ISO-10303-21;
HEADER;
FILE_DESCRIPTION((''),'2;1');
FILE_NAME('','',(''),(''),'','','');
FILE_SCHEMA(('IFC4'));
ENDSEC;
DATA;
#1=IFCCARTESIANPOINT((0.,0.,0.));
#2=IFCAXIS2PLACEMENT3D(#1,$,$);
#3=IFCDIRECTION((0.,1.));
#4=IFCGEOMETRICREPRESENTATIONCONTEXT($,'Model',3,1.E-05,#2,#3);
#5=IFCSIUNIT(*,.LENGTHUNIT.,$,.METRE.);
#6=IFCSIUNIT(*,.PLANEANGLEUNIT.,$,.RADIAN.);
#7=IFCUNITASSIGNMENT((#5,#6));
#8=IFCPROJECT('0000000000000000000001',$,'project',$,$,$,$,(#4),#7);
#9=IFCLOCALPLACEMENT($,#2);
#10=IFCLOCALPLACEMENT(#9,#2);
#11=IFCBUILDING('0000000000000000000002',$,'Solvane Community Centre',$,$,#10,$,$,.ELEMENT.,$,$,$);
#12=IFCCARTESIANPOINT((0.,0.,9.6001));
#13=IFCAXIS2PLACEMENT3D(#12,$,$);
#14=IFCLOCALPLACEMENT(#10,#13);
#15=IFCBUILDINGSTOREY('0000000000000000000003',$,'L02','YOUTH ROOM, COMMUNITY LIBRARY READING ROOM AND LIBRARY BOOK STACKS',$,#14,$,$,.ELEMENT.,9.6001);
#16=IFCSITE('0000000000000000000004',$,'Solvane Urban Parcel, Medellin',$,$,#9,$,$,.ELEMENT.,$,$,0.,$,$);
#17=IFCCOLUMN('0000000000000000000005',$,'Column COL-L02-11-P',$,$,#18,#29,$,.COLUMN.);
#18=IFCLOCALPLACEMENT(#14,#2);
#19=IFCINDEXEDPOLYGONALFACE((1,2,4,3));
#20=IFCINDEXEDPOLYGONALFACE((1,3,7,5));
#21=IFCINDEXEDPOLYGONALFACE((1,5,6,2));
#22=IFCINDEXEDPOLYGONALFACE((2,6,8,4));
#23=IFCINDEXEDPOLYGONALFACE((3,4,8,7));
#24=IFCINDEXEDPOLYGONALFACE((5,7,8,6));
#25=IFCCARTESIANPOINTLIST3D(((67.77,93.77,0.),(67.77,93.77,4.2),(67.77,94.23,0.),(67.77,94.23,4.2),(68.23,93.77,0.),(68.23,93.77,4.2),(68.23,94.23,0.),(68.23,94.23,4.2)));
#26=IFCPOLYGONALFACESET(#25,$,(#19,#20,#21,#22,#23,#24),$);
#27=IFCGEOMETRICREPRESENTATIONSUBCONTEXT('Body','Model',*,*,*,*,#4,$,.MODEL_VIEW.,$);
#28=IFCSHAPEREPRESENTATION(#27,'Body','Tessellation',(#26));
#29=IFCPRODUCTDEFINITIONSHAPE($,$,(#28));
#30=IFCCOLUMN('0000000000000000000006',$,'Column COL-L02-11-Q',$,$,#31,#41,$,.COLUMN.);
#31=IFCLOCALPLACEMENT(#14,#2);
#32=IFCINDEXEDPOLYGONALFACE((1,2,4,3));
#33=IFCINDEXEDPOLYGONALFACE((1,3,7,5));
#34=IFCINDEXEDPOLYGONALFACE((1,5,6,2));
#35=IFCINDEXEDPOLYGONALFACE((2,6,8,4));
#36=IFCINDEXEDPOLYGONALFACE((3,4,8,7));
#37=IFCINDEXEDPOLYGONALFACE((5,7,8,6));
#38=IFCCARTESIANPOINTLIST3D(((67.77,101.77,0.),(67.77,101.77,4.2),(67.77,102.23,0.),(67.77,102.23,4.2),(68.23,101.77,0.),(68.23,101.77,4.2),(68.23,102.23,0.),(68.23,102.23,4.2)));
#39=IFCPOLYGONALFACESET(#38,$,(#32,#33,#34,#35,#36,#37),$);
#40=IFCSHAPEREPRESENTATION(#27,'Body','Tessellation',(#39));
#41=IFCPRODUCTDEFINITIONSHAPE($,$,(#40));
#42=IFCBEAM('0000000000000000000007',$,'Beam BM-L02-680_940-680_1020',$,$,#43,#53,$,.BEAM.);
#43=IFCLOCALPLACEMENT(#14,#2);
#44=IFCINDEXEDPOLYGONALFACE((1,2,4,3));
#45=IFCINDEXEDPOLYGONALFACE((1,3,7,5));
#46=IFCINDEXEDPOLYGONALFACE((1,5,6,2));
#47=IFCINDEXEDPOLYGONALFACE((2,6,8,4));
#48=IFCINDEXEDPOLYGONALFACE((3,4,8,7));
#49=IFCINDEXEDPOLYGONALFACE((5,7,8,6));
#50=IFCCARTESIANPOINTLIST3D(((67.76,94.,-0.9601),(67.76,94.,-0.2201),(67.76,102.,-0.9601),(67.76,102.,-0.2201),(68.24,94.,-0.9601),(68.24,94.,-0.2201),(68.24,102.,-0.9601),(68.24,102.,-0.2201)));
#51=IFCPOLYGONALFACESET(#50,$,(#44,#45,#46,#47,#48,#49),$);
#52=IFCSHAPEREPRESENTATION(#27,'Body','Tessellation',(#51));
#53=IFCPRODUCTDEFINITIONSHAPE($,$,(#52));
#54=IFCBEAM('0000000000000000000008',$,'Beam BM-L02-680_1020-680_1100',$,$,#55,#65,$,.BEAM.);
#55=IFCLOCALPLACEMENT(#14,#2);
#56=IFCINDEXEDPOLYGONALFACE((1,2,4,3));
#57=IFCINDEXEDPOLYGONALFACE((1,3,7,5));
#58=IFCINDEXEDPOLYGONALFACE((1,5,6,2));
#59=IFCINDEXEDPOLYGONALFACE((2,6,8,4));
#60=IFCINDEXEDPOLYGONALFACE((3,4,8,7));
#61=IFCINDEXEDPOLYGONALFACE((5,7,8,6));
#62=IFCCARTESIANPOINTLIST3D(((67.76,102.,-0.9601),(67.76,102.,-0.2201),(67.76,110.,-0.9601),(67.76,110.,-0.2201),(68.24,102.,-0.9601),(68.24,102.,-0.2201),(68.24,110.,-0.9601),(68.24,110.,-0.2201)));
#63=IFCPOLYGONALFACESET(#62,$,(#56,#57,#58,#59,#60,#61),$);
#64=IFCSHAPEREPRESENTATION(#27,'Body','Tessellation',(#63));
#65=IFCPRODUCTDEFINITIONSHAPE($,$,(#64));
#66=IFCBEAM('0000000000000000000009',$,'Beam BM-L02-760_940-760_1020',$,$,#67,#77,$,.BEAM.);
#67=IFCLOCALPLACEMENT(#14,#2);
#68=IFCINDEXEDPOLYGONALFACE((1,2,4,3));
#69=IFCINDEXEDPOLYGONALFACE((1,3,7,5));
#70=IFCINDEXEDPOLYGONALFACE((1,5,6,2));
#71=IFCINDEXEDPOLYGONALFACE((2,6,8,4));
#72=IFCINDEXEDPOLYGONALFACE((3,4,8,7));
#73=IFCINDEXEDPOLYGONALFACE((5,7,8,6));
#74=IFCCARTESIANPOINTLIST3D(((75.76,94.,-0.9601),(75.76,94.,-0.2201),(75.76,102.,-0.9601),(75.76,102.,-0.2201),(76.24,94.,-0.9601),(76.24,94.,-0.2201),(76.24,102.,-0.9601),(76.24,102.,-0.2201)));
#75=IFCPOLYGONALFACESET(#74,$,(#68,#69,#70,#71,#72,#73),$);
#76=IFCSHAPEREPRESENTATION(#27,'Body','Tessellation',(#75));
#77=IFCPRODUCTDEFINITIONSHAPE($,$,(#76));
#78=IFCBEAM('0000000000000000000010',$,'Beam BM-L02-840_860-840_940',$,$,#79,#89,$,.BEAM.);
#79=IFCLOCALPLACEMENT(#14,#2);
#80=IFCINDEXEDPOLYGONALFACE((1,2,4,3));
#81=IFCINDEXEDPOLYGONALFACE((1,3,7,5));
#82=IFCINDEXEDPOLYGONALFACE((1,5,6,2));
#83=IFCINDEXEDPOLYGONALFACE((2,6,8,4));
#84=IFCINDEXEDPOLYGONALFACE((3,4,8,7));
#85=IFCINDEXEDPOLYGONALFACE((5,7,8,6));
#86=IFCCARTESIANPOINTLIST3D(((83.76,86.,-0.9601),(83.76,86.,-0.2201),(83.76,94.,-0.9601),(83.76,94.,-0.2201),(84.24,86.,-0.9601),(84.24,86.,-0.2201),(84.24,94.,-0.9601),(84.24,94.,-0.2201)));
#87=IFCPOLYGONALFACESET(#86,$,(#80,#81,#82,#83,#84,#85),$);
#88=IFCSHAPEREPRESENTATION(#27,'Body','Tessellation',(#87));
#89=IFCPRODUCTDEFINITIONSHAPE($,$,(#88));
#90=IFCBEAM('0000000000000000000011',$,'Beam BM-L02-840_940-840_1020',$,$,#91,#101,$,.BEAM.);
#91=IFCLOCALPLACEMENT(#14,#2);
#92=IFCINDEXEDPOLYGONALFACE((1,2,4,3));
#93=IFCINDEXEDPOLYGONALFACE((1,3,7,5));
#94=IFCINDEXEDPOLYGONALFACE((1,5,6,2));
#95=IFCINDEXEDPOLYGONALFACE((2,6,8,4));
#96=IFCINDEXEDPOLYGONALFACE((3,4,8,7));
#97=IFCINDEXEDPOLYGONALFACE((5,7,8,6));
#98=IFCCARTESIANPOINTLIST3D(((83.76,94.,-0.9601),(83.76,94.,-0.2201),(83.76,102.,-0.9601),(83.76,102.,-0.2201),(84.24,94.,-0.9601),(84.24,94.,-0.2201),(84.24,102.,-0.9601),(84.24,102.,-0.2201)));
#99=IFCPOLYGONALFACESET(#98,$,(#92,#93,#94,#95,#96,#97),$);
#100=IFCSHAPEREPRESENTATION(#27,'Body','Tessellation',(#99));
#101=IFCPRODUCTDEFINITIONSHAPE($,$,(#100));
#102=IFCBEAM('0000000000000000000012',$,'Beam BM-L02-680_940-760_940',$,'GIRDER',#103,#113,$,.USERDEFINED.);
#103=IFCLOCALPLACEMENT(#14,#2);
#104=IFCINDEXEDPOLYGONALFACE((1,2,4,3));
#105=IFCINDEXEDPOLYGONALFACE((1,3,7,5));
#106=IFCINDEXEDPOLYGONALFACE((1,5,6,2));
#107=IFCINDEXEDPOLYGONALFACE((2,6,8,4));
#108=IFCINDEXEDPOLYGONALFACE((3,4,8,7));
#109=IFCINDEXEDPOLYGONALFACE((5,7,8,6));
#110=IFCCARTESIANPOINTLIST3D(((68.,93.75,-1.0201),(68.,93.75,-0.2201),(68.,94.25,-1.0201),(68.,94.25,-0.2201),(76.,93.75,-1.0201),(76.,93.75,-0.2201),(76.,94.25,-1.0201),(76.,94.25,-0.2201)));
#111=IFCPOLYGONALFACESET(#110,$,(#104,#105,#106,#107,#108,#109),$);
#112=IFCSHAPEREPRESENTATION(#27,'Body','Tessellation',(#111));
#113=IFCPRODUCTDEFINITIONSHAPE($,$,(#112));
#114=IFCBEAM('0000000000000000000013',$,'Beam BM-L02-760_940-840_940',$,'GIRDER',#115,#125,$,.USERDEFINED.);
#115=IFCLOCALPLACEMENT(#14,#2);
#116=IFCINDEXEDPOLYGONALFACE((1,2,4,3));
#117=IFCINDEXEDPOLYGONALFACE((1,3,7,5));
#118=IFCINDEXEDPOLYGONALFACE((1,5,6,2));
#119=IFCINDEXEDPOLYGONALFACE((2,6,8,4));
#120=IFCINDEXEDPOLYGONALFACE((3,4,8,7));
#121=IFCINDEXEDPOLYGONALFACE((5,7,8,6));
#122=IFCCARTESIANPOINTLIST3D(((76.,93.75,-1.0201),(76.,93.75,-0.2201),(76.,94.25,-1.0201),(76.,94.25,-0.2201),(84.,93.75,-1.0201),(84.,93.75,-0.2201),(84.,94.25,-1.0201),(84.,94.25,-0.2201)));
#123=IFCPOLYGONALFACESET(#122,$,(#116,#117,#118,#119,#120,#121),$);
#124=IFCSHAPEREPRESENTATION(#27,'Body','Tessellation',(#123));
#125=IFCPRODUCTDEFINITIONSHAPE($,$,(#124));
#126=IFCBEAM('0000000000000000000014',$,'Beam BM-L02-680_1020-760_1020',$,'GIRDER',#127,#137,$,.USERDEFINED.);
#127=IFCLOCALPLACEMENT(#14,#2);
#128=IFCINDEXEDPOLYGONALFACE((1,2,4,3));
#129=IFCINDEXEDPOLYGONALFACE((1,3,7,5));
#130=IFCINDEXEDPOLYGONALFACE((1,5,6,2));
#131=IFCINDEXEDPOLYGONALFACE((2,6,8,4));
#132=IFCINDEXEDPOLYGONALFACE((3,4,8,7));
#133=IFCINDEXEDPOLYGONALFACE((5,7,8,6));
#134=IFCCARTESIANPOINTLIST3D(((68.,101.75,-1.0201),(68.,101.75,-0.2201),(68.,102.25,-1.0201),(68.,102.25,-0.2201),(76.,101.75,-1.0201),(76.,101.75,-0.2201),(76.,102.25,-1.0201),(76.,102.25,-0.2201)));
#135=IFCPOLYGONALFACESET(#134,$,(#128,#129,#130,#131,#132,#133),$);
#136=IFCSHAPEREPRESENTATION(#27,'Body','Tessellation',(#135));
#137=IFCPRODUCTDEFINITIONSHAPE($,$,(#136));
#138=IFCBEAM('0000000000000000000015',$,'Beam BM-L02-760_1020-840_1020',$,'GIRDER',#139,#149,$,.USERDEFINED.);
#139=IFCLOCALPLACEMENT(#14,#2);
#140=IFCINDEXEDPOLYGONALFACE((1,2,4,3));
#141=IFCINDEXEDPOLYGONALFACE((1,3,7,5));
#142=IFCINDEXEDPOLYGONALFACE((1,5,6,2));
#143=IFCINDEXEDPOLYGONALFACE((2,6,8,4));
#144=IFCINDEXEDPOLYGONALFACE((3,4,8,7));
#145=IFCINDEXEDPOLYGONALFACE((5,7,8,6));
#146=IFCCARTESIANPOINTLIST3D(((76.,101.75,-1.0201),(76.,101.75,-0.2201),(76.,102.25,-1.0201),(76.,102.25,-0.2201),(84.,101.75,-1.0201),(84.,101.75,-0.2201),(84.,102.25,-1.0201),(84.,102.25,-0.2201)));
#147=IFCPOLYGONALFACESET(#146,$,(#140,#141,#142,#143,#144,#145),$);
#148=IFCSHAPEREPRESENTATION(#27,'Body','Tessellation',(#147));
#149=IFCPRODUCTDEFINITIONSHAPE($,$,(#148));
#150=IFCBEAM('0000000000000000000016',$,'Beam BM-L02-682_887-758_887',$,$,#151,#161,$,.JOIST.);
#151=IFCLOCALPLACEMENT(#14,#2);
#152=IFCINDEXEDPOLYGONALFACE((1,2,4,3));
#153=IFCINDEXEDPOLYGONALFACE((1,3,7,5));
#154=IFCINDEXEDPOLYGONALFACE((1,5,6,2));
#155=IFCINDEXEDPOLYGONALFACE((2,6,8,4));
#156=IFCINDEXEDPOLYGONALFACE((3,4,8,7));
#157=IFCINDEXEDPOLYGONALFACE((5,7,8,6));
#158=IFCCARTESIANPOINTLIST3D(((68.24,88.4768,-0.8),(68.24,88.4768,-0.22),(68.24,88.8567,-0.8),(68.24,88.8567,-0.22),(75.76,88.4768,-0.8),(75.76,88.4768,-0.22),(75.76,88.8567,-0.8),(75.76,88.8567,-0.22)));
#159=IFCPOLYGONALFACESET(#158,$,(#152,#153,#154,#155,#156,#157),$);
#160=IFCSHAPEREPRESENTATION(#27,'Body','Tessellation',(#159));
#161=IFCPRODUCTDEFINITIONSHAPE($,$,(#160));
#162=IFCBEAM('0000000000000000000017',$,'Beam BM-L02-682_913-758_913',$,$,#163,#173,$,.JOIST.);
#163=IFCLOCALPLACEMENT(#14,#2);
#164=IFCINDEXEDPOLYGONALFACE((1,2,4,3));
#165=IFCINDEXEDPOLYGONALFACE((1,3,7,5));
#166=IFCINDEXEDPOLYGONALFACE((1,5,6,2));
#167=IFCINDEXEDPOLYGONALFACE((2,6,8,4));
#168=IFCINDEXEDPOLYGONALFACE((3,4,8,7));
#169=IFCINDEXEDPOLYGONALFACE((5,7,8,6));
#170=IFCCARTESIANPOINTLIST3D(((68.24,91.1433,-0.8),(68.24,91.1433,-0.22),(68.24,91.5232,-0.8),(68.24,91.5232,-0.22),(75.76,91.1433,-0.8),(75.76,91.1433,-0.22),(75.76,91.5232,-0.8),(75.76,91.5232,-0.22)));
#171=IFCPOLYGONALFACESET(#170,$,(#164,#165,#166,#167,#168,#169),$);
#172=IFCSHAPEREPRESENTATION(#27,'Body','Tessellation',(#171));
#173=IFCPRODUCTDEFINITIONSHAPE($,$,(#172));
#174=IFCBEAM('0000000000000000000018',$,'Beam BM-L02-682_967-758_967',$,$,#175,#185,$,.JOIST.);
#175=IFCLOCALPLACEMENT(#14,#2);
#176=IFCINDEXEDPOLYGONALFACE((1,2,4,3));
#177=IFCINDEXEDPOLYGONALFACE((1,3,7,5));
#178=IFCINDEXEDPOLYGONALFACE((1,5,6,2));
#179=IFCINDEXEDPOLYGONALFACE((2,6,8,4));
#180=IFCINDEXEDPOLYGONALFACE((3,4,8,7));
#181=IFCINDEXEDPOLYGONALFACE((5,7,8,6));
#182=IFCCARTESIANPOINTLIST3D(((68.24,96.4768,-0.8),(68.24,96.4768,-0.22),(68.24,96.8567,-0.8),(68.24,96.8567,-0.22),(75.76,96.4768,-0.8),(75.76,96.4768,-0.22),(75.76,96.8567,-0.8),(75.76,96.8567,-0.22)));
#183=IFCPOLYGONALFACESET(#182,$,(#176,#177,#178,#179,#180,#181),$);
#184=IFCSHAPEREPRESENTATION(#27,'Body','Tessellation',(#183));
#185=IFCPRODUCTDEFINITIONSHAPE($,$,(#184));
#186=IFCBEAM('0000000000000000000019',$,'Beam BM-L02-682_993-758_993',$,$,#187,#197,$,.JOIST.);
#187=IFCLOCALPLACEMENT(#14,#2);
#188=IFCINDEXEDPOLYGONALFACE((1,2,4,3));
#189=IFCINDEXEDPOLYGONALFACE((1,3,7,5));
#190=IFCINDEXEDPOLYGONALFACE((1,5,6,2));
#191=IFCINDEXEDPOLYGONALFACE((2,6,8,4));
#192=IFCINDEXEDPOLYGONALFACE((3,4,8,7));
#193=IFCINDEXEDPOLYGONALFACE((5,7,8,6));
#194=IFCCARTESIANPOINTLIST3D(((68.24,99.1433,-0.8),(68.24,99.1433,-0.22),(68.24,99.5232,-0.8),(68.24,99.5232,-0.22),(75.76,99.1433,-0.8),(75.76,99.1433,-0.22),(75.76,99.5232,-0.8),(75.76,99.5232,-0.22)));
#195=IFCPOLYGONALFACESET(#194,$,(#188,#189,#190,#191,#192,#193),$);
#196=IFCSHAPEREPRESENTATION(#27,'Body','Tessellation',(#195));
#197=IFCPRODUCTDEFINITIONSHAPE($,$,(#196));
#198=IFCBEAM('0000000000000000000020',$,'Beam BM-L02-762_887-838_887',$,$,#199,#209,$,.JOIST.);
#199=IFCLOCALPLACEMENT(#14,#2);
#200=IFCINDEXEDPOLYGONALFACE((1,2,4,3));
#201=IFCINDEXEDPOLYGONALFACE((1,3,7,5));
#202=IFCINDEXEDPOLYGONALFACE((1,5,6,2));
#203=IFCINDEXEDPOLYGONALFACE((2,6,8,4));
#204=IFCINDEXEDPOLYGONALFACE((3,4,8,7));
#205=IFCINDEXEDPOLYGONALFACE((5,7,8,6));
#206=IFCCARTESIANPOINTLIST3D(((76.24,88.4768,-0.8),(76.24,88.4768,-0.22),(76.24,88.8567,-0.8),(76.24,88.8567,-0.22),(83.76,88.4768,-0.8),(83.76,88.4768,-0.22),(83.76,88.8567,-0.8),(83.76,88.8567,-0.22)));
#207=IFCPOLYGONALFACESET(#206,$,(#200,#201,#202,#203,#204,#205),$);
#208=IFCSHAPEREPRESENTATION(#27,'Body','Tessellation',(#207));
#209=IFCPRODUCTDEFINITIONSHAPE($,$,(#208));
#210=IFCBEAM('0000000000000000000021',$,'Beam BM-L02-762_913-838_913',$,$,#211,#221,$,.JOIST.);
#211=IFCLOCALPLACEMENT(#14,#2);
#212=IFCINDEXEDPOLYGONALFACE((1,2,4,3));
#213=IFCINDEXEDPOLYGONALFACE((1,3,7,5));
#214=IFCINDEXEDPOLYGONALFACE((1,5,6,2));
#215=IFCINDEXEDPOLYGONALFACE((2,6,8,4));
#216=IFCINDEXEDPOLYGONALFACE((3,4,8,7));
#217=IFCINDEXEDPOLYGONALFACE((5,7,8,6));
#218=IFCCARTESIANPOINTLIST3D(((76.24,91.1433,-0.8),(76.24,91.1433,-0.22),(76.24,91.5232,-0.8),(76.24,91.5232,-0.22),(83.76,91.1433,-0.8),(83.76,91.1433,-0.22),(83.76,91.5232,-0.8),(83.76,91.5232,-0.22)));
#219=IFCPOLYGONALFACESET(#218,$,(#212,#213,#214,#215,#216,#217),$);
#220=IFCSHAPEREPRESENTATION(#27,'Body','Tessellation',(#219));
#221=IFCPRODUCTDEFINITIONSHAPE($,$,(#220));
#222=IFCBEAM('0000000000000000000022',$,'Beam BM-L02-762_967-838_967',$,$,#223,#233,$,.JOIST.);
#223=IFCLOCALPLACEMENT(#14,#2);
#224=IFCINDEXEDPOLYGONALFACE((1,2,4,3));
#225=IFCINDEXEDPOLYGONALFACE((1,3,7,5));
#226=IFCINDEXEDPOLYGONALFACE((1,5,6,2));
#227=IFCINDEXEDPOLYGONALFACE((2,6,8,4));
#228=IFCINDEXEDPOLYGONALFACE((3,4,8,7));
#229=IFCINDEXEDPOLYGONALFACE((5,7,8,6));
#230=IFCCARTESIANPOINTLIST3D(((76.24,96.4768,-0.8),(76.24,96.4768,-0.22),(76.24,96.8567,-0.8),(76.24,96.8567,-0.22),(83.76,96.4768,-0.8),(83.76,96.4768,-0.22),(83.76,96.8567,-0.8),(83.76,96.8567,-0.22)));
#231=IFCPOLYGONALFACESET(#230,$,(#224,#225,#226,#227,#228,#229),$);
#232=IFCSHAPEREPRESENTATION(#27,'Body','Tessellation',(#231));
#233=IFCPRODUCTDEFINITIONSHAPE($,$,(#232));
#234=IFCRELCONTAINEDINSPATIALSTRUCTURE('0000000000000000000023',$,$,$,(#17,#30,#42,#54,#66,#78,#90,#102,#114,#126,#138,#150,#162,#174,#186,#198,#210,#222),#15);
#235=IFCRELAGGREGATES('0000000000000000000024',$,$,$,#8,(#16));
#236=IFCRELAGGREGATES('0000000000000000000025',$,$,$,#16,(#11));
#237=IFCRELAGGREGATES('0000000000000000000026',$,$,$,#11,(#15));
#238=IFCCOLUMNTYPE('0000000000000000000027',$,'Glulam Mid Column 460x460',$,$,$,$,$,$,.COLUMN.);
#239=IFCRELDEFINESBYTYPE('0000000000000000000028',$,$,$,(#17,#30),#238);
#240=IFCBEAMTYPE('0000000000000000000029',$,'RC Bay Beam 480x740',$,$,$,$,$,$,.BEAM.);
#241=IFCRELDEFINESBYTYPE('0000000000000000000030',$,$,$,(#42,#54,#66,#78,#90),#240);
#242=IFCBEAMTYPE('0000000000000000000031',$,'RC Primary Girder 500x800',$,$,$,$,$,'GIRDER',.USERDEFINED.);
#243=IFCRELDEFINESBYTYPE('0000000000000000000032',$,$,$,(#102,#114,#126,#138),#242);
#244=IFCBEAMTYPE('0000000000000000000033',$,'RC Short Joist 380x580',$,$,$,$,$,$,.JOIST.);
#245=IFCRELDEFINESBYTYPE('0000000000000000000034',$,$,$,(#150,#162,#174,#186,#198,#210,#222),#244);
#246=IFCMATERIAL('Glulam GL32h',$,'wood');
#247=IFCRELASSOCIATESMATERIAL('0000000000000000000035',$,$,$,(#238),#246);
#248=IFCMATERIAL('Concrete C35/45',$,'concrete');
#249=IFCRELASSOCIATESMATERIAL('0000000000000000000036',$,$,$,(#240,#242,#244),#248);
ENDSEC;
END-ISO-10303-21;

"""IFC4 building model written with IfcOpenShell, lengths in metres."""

from ifc_helpers import new_model, si_unit, direction, frame, origin, origin_2d, place, context, subcontext, project, spatial, rectangle, extrude, material, material_profile, profile_set, type_object, element, save


model = new_model("IFC4")

# Units and contexts
model_context = context("Model", 3, precision=1e-05, world=origin(), true_north=direction((0.0, 1.0)))
body_context = subcontext(model_context, "Body", "Model", "MODEL_VIEW")
ifc_project = project(units=[si_unit("LENGTHUNIT", "METRE"), si_unit("PLANEANGLEUNIT", "RADIAN")], contexts=[model_context])

# Site, building, storey
site_placement = place(None, origin())
site = spatial("IfcSite", under=ifc_project, at=site_placement, Name="Solvane Urban Parcel, Medellin", CompositionType="ELEMENT", RefElevation=0.0)
building_placement = place(site_placement, origin())
building = spatial("IfcBuilding", under=site, at=building_placement, Name="Solvane Community Centre", CompositionType="ELEMENT")
storey_placement = place(building_placement, frame((0.0, 0.0, 9.6001)))
storey = spatial("IfcBuildingStorey", under=building, at=storey_placement, Name="L02", Description="YOUTH ROOM, COMMUNITY LIBRARY READING ROOM AND LIBRARY BOOK STACKS", CompositionType="ELEMENT", Elevation=9.6001)

# Columns
ifc_material_1 = material(Name="Glulam GL32h", Category="wood")
ifc_material_profile_1 = material_profile(ifc_material_1, rectangle(XDim=0.46, YDim=0.46, at=origin_2d()), Name="GL32h 460x460")
ifc_profile_set_1 = profile_set([ifc_material_profile_1], Name="Glulam GL32h")
column_type = type_object("IfcColumnType", Name="Glulam Mid Column 460x460", PredefinedType="COLUMN", material=ifc_profile_set_1)
for number, where, z_axis, x_axis, name in (
    (1, (68.0, 94.0, 0.0), (0.0, 0.0, 1.0), (1.0, 0.0, 0.0), "Column COL-L02-11-P"),
    (2, (68.0, 102.0, 0.0), (0.0, 0.0, 1.0), (1.0, 0.0, 0.0), "Column COL-L02-11-Q"),
):
    element("IfcColumn", number, at=place(storey_placement, frame(where, z_axis=z_axis, x_axis=x_axis)), inside=storey, type_object=column_type, Name=name, PredefinedType="COLUMN", context=body_context, shape_type="SweptSolid", body=[
        extrude(rectangle(XDim=0.46, YDim=0.46, at=origin_2d()), origin(), (0.0, 0.0, 1.0), 4.2),
    ])

# Beams
ifc_material_2 = material(Name="Concrete C35/45", Category="concrete")
ifc_material_profile_2 = material_profile(ifc_material_2, rectangle(XDim=0.48, YDim=0.74, at=origin_2d()), Name="RC 480x740")
ifc_profile_set_2 = profile_set([ifc_material_profile_2], Name="Concrete C35/45")
beam_type_1 = type_object("IfcBeamType", Name="RC Bay Beam 480x740", PredefinedType="BEAM", material=ifc_profile_set_2)
for number, where, z_axis, x_axis, name in (
    (3, (68.0, 94.0, -0.5901), (0.0, 1.0, 0.0), (-1.0, 0.0, 0.0), "Beam BM-L02-680_940-680_1020"),
    (4, (68.0, 102.0, -0.5901), (0.0, 1.0, 0.0), (-1.0, 0.0, 0.0), "Beam BM-L02-680_1020-680_1100"),
    (5, (76.0, 94.0, -0.5901), (0.0, 1.0, 0.0), (-1.0, 0.0, 0.0), "Beam BM-L02-760_940-760_1020"),
    (6, (84.0, 86.0, -0.5901), (0.0, 1.0, 0.0), (-1.0, 0.0, 0.0), "Beam BM-L02-840_860-840_940"),
    (7, (84.0, 94.0, -0.5901), (0.0, 1.0, 0.0), (-1.0, 0.0, 0.0), "Beam BM-L02-840_940-840_1020"),
):
    element("IfcBeam", number, at=place(storey_placement, frame(where, z_axis=z_axis, x_axis=x_axis)), inside=storey, type_object=beam_type_1, Name=name, PredefinedType="BEAM", context=body_context, shape_type="SweptSolid", body=[
        extrude(rectangle(XDim=0.48, YDim=0.74, at=origin_2d()), origin(), (0.0, 0.0, 1.0), 8.0),
    ])
ifc_material_profile_3 = material_profile(ifc_material_2, rectangle(XDim=0.5, YDim=0.8, at=origin_2d()), Name="RC 500x800")
ifc_profile_set_3 = profile_set([ifc_material_profile_3], Name="Concrete C35/45")
beam_type_2 = type_object("IfcBeamType", Name="RC Primary Girder 500x800", ElementType="GIRDER", PredefinedType="USERDEFINED", material=ifc_profile_set_3)
for number, where, z_axis, x_axis, name in (
    (8, (68.0, 94.0, -0.6201), (1.0, 0.0, 0.0), (0.0, 1.0, 0.0), "Beam BM-L02-680_940-760_940"),
    (9, (76.0, 94.0, -0.6201), (1.0, 0.0, 0.0), (0.0, 1.0, 0.0), "Beam BM-L02-760_940-840_940"),
    (10, (68.0, 102.0, -0.6201), (1.0, 0.0, 0.0), (0.0, 1.0, 0.0), "Beam BM-L02-680_1020-760_1020"),
    (11, (76.0, 102.0, -0.6201), (1.0, 0.0, 0.0), (0.0, 1.0, 0.0), "Beam BM-L02-760_1020-840_1020"),
):
    element("IfcBeam", number, at=place(storey_placement, frame(where, z_axis=z_axis, x_axis=x_axis)), inside=storey, type_object=beam_type_2, Name=name, ObjectType="GIRDER", PredefinedType="USERDEFINED", context=body_context, shape_type="SweptSolid", body=[
        extrude(rectangle(XDim=0.5, YDim=0.8, at=origin_2d()), origin(), (0.0, 0.0, 1.0), 8.0),
    ])
ifc_material_profile_4 = material_profile(ifc_material_2, rectangle(XDim=0.3799, YDim=0.5801, at=origin_2d()), Name="RC 380x580")
ifc_profile_set_4 = profile_set([ifc_material_profile_4], Name="Concrete C35/45")
beam_type_3 = type_object("IfcBeamType", Name="RC Short Joist 380x580", PredefinedType="JOIST", material=ifc_profile_set_4)
for number, where, z_axis, x_axis, name in (
    (12, (68.24, 88.6667, -0.51), (1.0, 0.0, 0.0), (0.0, 1.0, 0.0), "Beam BM-L02-682_887-758_887"),
    (13, (68.24, 91.3333, -0.51), (1.0, 0.0, 0.0), (0.0, 1.0, 0.0), "Beam BM-L02-682_913-758_913"),
    (14, (68.24, 96.6667, -0.51), (1.0, 0.0, 0.0), (0.0, 1.0, 0.0), "Beam BM-L02-682_967-758_967"),
    (15, (68.24, 99.3333, -0.51), (1.0, 0.0, 0.0), (0.0, 1.0, 0.0), "Beam BM-L02-682_993-758_993"),
    (16, (76.24, 88.6667, -0.51), (1.0, 0.0, 0.0), (0.0, 1.0, 0.0), "Beam BM-L02-762_887-838_887"),
    (17, (76.24, 91.3333, -0.51), (1.0, 0.0, 0.0), (0.0, 1.0, 0.0), "Beam BM-L02-762_913-838_913"),
    (18, (76.24, 96.6667, -0.51), (1.0, 0.0, 0.0), (0.0, 1.0, 0.0), "Beam BM-L02-762_967-838_967"),
):
    element("IfcBeam", number, at=place(storey_placement, frame(where, z_axis=z_axis, x_axis=x_axis)), inside=storey, type_object=beam_type_3, Name=name, PredefinedType="JOIST", context=body_context, shape_type="SweptSolid", body=[
        extrude(rectangle(XDim=0.3799, YDim=0.5801, at=origin_2d()), origin(), (0.0, 0.0, 1.0), 7.52),
    ])

save(model, "model.ifc")
